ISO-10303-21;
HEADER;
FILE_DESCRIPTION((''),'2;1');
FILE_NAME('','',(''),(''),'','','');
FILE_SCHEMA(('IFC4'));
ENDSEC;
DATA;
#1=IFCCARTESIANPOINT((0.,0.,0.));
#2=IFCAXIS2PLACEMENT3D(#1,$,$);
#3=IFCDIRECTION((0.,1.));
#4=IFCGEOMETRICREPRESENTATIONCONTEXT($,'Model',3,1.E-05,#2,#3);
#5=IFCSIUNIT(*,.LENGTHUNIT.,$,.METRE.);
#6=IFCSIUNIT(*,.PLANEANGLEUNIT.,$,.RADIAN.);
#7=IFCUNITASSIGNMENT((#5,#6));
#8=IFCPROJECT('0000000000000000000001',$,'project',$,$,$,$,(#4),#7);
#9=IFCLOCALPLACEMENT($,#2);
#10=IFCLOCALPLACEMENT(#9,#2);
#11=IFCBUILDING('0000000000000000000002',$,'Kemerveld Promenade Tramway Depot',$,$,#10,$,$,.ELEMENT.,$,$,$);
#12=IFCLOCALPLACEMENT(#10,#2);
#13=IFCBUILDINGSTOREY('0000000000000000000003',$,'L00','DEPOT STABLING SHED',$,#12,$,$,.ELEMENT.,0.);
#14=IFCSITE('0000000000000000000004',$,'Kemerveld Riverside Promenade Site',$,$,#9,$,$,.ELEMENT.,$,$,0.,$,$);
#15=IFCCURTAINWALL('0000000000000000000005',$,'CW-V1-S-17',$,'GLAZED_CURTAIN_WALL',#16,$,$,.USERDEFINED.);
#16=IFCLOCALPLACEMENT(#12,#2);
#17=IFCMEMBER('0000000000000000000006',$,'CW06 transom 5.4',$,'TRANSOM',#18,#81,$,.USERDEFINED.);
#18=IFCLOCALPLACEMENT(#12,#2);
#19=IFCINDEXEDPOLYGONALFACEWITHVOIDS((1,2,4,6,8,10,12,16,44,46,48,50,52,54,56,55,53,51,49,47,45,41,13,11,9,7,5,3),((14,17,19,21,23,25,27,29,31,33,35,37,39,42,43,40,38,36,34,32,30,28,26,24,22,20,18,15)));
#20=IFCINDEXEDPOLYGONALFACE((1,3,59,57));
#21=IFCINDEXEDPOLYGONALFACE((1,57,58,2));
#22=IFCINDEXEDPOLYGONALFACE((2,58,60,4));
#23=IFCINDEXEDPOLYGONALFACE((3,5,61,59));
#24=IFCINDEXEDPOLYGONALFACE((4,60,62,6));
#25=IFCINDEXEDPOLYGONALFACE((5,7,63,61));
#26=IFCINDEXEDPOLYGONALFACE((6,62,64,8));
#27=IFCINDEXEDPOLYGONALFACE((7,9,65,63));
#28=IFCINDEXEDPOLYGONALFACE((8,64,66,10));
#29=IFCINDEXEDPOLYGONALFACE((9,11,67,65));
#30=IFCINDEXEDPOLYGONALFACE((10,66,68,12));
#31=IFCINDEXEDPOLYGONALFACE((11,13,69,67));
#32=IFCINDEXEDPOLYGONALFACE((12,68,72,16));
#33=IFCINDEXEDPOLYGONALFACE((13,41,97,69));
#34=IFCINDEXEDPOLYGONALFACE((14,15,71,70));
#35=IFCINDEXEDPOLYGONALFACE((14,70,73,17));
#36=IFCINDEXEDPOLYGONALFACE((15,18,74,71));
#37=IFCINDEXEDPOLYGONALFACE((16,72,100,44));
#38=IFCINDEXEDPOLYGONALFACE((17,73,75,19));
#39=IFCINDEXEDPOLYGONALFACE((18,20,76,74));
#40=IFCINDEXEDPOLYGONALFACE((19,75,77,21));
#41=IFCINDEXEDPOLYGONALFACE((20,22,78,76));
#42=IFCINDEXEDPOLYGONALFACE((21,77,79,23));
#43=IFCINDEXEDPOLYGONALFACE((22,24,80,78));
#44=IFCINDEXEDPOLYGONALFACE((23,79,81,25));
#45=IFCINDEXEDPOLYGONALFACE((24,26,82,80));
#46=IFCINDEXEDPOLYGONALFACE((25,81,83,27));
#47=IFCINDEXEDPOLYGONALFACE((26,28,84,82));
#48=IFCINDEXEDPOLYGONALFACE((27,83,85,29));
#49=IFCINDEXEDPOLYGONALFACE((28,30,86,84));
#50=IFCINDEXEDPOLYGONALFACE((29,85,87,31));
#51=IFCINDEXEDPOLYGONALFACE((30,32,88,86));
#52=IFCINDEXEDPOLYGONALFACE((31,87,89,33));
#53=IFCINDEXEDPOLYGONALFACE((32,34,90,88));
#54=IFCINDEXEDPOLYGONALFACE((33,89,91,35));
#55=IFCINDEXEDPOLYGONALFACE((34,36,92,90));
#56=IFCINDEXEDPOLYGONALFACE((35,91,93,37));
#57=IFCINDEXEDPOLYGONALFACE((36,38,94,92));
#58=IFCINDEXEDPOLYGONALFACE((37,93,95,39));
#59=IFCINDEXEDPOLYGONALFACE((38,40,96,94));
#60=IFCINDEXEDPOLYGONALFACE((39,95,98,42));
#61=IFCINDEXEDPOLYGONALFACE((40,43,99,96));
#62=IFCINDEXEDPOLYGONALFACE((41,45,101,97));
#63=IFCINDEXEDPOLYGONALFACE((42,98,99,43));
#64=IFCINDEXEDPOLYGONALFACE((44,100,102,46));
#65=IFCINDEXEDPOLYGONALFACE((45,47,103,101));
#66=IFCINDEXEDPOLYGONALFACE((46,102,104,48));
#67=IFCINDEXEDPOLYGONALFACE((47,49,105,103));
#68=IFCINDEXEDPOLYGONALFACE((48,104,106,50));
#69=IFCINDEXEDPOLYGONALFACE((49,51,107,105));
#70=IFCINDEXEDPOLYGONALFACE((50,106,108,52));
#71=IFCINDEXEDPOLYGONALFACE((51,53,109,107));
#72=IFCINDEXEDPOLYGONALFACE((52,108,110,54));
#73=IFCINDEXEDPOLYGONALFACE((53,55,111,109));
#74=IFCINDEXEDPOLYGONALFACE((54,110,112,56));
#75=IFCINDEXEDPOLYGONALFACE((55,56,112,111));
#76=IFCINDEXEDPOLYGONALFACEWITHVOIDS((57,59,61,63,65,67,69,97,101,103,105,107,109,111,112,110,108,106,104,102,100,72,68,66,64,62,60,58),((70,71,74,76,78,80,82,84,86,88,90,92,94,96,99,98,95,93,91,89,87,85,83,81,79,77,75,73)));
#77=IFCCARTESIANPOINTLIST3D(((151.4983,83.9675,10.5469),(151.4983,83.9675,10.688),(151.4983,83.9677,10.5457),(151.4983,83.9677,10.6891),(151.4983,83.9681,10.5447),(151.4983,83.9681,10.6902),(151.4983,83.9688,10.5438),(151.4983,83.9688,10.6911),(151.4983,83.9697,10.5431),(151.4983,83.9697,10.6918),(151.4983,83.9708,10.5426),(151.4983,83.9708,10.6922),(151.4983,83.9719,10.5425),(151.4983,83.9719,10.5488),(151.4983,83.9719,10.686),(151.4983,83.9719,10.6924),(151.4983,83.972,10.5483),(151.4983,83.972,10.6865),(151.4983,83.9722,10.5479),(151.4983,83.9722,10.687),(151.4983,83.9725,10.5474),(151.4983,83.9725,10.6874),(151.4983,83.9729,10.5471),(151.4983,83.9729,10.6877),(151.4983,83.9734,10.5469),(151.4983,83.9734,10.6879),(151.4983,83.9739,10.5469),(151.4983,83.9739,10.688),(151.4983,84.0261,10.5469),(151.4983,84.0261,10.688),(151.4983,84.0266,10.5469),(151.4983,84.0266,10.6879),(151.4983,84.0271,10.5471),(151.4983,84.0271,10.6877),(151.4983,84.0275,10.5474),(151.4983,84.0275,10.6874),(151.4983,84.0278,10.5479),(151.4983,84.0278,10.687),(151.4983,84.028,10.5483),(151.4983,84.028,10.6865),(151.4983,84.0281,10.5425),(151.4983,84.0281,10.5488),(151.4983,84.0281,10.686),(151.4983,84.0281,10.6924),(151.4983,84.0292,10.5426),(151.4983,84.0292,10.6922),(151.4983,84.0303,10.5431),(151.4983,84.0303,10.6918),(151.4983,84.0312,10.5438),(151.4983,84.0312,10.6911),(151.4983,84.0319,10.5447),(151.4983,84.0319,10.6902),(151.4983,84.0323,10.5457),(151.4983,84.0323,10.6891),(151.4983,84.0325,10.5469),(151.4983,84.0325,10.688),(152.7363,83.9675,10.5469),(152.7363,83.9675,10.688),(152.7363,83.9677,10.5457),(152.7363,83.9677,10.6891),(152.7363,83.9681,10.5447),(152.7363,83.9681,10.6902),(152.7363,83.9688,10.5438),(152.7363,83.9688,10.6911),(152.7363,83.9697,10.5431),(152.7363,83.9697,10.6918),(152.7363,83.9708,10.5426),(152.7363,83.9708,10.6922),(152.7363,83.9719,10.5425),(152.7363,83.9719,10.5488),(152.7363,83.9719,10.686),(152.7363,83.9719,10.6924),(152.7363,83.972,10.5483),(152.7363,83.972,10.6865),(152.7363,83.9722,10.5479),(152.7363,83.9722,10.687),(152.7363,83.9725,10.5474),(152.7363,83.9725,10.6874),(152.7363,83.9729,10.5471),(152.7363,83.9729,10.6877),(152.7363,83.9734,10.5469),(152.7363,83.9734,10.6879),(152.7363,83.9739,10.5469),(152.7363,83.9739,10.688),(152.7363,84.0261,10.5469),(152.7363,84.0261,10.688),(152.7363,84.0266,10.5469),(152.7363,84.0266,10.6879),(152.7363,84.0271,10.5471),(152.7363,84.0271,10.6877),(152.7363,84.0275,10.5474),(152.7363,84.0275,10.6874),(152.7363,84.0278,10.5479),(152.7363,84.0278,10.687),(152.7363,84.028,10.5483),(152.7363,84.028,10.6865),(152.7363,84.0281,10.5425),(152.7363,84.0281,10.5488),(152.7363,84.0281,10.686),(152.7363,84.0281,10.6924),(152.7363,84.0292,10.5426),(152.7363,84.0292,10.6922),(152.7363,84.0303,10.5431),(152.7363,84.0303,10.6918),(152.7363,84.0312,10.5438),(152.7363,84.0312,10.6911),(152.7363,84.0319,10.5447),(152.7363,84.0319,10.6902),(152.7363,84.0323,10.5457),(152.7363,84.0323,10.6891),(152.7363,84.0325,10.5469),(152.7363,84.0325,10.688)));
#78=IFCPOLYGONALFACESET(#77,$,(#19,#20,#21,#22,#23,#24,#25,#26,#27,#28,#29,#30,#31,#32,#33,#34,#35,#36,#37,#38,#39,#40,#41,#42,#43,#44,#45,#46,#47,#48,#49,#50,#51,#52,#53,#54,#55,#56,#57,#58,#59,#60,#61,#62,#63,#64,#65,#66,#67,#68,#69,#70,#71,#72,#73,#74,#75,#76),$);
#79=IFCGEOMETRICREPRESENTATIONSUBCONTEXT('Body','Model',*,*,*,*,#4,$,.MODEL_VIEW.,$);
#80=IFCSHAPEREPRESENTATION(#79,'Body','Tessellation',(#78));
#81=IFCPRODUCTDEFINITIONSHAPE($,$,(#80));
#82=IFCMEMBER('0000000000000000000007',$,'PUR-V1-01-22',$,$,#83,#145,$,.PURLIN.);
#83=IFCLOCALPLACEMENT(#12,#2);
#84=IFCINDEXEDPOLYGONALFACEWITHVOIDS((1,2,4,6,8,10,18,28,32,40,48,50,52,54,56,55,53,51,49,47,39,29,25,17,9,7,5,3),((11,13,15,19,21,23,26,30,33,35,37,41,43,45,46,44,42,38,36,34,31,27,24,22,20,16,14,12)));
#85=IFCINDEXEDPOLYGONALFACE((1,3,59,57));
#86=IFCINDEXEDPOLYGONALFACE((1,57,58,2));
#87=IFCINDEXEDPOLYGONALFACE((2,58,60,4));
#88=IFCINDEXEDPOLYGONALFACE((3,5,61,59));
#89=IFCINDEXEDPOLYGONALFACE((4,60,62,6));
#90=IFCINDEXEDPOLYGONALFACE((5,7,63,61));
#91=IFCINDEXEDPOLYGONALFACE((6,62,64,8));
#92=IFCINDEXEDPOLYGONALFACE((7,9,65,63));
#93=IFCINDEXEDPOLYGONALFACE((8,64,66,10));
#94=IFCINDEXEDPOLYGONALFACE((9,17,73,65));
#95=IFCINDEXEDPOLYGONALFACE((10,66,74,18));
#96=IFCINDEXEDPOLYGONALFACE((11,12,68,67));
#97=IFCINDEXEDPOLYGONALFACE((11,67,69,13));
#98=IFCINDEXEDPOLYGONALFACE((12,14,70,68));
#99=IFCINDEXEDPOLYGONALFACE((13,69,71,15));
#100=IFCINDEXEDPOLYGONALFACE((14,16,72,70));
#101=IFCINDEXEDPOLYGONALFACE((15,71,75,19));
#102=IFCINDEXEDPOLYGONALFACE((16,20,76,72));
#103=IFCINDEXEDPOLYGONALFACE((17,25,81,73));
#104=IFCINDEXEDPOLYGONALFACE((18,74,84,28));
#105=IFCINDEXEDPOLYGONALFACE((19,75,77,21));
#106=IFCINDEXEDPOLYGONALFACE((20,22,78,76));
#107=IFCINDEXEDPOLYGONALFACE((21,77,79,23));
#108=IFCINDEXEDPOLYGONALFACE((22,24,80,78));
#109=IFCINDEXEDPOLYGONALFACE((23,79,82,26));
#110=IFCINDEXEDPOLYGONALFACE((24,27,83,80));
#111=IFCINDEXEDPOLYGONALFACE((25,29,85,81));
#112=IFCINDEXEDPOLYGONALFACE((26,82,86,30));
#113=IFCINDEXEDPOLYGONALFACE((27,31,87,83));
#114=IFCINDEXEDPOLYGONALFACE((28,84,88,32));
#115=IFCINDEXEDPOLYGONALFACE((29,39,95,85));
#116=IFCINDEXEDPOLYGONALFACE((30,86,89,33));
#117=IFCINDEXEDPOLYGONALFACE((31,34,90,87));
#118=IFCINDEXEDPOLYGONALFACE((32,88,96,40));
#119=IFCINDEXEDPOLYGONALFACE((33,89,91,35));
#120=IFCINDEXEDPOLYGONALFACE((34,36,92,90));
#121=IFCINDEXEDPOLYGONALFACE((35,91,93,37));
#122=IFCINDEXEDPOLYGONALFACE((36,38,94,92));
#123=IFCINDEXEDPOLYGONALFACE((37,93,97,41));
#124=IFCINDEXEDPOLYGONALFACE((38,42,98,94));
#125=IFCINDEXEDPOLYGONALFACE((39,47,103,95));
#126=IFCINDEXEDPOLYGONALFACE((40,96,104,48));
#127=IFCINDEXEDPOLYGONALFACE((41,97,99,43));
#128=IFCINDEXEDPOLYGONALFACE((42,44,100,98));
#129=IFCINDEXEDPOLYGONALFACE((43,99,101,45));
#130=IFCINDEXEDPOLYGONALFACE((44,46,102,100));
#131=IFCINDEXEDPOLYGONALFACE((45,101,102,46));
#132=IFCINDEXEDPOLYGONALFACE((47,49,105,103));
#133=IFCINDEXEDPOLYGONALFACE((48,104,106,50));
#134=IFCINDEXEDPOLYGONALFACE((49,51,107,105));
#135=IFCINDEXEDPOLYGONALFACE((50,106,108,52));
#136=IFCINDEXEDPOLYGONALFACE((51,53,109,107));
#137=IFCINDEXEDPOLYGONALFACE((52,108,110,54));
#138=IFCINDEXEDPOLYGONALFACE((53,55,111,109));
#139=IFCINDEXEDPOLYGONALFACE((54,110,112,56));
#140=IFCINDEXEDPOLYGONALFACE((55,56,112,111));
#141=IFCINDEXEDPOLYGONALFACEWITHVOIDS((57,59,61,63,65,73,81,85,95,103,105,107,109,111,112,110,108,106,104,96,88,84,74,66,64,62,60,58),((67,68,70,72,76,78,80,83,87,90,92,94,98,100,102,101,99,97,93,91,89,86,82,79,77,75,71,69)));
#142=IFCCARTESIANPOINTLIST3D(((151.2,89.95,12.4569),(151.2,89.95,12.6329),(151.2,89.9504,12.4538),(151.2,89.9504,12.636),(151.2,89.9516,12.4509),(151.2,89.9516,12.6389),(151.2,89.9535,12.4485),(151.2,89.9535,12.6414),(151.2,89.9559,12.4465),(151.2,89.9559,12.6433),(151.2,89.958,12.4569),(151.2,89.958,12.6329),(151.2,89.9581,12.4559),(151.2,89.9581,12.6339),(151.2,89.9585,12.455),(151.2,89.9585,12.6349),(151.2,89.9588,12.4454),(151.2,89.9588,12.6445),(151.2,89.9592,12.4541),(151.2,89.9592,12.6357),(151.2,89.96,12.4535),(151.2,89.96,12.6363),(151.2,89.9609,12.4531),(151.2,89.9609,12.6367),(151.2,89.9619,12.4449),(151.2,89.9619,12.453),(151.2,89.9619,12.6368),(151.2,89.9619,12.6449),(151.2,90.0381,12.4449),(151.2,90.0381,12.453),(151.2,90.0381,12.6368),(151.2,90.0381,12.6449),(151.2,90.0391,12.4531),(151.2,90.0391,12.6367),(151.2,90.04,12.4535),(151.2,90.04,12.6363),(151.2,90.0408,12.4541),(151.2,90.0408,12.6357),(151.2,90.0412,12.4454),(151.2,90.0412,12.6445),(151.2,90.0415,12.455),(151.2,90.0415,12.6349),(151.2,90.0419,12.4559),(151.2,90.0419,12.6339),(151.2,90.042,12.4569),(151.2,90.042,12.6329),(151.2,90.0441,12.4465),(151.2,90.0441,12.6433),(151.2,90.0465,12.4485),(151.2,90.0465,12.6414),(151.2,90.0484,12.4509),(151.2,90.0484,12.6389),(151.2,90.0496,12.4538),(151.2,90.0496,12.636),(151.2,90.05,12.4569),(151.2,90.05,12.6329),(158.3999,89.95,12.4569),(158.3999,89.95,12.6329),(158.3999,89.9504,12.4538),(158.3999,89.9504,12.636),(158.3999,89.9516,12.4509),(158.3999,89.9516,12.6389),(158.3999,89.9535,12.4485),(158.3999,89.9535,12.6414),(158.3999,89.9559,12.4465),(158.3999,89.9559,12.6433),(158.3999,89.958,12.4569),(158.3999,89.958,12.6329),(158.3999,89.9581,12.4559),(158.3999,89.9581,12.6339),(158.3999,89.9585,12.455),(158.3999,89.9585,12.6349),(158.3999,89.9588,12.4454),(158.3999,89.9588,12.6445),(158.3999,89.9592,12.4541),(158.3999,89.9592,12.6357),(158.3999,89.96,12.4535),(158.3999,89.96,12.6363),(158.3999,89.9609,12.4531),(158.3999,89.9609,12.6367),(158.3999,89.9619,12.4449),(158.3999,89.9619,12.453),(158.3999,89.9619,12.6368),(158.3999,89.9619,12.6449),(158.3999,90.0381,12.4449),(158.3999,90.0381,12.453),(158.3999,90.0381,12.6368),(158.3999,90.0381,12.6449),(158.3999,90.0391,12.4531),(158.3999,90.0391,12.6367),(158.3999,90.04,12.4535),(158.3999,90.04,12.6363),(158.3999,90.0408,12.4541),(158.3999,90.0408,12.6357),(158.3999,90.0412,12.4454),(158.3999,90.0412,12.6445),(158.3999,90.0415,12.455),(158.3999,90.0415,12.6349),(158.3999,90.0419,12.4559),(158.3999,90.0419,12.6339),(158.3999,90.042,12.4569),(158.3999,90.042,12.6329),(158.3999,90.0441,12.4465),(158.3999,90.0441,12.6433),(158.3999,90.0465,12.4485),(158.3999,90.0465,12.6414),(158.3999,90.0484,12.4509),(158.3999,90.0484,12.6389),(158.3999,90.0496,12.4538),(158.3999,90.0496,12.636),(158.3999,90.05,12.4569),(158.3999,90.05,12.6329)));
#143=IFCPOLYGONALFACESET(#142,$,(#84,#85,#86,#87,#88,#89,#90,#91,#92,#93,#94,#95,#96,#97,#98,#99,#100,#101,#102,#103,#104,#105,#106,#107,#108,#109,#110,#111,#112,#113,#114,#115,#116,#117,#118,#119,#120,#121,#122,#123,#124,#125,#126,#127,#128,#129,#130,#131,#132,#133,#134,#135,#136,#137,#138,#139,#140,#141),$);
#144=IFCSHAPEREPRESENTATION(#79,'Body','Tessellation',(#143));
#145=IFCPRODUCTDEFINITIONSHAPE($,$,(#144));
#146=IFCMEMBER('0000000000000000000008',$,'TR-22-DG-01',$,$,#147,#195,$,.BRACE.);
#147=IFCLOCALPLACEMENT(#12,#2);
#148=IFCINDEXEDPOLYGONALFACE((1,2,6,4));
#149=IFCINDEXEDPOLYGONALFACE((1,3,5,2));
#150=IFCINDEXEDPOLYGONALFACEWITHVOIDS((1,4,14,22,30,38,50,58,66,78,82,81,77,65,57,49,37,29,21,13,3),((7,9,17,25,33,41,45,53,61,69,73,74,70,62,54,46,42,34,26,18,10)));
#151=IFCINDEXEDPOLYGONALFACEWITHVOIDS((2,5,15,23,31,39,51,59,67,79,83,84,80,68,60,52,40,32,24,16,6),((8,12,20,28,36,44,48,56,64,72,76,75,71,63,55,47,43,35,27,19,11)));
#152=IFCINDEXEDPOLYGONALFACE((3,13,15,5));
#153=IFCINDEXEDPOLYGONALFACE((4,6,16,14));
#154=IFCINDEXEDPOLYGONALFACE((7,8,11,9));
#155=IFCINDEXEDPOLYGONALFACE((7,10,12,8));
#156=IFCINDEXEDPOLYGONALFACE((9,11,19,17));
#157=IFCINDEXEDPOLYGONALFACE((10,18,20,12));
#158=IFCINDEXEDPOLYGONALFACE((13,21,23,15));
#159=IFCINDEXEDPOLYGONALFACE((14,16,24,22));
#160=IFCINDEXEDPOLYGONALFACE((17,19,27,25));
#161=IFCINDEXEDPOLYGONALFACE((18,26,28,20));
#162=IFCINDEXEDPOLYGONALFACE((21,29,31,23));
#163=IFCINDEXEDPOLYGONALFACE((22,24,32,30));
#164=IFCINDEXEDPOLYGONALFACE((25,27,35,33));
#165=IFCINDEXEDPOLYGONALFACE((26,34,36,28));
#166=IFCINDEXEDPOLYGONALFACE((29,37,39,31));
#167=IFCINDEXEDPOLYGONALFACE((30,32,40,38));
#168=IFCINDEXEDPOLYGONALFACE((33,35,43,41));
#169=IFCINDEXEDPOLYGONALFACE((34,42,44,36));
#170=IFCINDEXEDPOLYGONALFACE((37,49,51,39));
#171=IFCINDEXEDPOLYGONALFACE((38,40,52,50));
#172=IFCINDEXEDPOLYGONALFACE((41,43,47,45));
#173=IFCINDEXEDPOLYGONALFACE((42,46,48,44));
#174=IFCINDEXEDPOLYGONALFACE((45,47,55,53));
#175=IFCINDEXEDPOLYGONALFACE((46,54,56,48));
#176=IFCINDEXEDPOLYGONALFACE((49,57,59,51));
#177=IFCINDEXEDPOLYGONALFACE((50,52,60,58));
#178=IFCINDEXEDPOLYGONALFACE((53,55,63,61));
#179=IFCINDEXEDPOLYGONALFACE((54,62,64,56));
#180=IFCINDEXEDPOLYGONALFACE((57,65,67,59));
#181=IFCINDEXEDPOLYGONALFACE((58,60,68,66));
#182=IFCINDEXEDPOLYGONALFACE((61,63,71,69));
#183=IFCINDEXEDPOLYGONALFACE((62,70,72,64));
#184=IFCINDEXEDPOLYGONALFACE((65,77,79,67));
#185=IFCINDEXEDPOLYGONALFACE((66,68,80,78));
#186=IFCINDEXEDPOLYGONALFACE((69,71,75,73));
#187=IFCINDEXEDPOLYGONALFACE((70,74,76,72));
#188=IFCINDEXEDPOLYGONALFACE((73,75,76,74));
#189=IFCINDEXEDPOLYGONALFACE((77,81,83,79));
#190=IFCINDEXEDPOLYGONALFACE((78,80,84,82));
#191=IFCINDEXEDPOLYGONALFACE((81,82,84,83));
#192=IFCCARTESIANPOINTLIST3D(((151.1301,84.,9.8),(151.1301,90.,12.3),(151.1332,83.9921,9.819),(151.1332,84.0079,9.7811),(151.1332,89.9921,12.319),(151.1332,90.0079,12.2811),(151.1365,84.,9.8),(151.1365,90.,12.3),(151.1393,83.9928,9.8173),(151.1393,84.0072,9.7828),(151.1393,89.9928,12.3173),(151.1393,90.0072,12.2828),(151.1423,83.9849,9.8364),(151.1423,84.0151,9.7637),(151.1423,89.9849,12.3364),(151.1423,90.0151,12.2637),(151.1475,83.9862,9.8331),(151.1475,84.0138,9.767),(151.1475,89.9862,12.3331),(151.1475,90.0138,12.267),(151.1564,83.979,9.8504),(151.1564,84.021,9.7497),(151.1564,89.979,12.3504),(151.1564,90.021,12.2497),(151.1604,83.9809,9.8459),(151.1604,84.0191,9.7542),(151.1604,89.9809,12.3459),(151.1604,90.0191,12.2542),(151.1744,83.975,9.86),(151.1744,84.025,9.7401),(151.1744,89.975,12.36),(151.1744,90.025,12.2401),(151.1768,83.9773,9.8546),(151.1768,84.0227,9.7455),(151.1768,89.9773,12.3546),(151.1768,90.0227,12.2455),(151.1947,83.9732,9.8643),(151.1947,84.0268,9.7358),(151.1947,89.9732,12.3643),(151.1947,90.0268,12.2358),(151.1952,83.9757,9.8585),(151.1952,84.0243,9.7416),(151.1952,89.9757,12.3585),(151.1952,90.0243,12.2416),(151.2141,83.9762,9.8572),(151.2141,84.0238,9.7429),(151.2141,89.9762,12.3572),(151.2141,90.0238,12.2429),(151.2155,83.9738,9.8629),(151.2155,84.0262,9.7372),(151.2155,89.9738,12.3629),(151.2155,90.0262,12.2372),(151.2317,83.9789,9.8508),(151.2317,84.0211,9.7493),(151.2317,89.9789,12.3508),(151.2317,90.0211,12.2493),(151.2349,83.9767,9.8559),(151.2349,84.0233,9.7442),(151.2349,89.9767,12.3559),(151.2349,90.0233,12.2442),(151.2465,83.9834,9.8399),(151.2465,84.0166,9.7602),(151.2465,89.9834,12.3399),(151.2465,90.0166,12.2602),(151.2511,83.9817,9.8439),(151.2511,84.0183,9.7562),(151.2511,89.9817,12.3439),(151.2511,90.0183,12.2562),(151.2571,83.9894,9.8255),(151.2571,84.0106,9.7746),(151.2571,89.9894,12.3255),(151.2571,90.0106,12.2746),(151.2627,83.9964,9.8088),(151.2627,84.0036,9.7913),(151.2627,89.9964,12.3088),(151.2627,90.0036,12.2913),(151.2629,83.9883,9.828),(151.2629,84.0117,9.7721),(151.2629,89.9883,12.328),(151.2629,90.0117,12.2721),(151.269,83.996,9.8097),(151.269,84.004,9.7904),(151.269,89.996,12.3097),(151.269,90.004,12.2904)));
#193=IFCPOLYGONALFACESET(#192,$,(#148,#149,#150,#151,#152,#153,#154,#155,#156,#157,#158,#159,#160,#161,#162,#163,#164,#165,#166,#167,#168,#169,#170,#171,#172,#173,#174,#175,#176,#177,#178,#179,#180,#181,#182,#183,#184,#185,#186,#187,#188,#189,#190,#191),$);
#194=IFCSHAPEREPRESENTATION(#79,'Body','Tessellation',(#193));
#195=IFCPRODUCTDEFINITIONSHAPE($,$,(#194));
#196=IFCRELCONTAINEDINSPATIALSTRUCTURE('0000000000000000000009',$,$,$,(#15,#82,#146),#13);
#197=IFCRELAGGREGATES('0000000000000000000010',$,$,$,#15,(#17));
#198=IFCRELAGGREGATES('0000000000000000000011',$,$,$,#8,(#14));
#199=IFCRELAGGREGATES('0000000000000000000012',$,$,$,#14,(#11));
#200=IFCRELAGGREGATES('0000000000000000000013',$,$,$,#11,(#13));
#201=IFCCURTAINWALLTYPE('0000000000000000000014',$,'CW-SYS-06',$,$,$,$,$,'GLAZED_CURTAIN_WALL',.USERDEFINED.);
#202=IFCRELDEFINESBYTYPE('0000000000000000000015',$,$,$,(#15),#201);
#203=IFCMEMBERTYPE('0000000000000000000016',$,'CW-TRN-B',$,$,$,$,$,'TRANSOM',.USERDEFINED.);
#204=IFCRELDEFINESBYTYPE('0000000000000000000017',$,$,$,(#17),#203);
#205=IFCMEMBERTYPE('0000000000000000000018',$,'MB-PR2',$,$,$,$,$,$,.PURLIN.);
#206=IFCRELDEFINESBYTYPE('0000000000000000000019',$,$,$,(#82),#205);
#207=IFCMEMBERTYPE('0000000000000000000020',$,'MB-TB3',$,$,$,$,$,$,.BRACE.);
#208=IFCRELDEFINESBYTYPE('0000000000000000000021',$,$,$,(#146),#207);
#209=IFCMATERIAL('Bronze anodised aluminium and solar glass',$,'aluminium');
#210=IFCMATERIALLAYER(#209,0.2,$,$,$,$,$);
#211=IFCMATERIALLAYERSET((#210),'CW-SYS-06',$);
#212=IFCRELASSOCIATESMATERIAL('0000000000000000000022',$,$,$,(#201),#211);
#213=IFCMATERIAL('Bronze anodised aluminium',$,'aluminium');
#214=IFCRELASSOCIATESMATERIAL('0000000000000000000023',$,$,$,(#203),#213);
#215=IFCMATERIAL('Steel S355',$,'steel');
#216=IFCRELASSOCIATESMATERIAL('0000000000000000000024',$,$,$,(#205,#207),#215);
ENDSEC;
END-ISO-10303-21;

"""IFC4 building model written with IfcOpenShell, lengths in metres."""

from ifc_helpers import new_model, si_unit, direction, frame, origin, origin_2d, place, context, subcontext, project, spatial, hollow_rectangle, hollow_circle, extrude, material, layer, layer_set, material_profile, profile_set, type_object, element, aggregate, save


model = new_model("IFC4")

# Units and contexts
model_context = context("Model", 3, precision=1e-05, world=origin(), true_north=direction((0.0, 1.0)))
body_context = subcontext(model_context, "Body", "Model", "MODEL_VIEW")
ifc_project = project(units=[si_unit("LENGTHUNIT", "METRE"), si_unit("PLANEANGLEUNIT", "RADIAN")], contexts=[model_context])

# Site, building, storey
site_placement = place(None, origin())
site = spatial("IfcSite", under=ifc_project, at=site_placement, Name="Kemerveld Riverside Promenade Site", CompositionType="ELEMENT", RefElevation=0.0)
building_placement = place(site_placement, origin())
building = spatial("IfcBuilding", under=site, at=building_placement, Name="Kemerveld Promenade Tramway Depot", CompositionType="ELEMENT")
storey_placement = place(building_placement, origin())
storey = spatial("IfcBuildingStorey", under=building, at=storey_placement, Name="L00", Description="DEPOT STABLING SHED", CompositionType="ELEMENT", Elevation=0.0)

# Shared definitions
ifc_material_1 = material(Name="Steel S355", Category="steel")

# Curtain wall, member
ifc_material_2 = material(Name="Bronze anodised aluminium and solar glass", Category="aluminium")
ifc_material_3 = material(Name="Bronze anodised aluminium", Category="aluminium")
ifc_layer_1 = layer(ifc_material_2, 0.2)
ifc_layer_set_1 = layer_set([ifc_layer_1], Name="CW-SYS-06")
curtain_wall_type_1 = type_object("IfcCurtainWallType", Name="CW-SYS-06", ElementType="GLAZED_CURTAIN_WALL", PredefinedType="USERDEFINED", material=ifc_layer_set_1)
curtain_wall_1_placement = place(storey_placement, origin())
curtain_wall_1 = element("IfcCurtainWall", 1, at=curtain_wall_1_placement, inside=storey, type_object=curtain_wall_type_1, Name="CW-V1-S-17", ObjectType="GLAZED_CURTAIN_WALL", PredefinedType="USERDEFINED")
ifc_material_profile_1 = material_profile(ifc_material_3, hollow_rectangle(XDim=0.0649, YDim=0.1499, WallThickness=0.0044, InnerFilletRadius=0.002, OuterFilletRadius=0.0044, at=origin_2d()), Name="CW-TRN-150x65")
ifc_profile_set_1 = profile_set([ifc_material_profile_1], Name="Bronze anodised aluminium")
member_type_1 = type_object("IfcMemberType", Name="CW-TRN-B", ElementType="TRANSOM", PredefinedType="USERDEFINED", material=ifc_profile_set_1)
member_1_placement = place(storey_placement, frame((152.7363, 84.0, 10.6174), z_axis=(-1.0, 0.0, 0.0), x_axis=(0.0, -1.0, 0.0)))
member_1 = element("IfcMember", 2, at=member_1_placement, type_object=member_type_1, Name="CW06 transom 5.4", ObjectType="TRANSOM", PredefinedType="USERDEFINED", context=body_context, shape_type="SweptSolid", body=[
    extrude(hollow_rectangle(XDim=0.0649, YDim=0.1499, WallThickness=0.0044, InnerFilletRadius=0.002, OuterFilletRadius=0.0044, at=origin_2d()), origin(), (0.0, 0.0, 1.0), 1.238),
])

# Members
ifc_material_profile_2 = material_profile(ifc_material_1, hollow_rectangle(XDim=0.1001, YDim=0.2, WallThickness=0.0081, InnerFilletRadius=0.0039, OuterFilletRadius=0.012, at=origin_2d()), Name="200x100x8.0 RHS")
ifc_profile_set_2 = profile_set([ifc_material_profile_2], Name="Steel S355")
member_type_2 = type_object("IfcMemberType", Name="MB-PR2", PredefinedType="PURLIN", material=ifc_profile_set_2)
member_2_placement = place(storey_placement, frame((151.2, 90.0, 12.5449), z_axis=(1.0, 0.0, 0.0), x_axis=(0.0, 1.0, 0.0)))
element("IfcMember", 3, at=member_2_placement, inside=storey, type_object=member_type_2, Name="PUR-V1-01-22", PredefinedType="PURLIN", context=body_context, shape_type="SweptSolid", body=[
    extrude(hollow_rectangle(XDim=0.1001, YDim=0.2, WallThickness=0.0081, InnerFilletRadius=0.0039, OuterFilletRadius=0.012, at=origin_2d()), origin(), (0.0, 0.0, 1.0), 7.2),
])
ifc_material_profile_3 = material_profile(ifc_material_1, hollow_circle(Radius=0.0698, WallThickness=0.0063, at=origin_2d()), Name="139.7x6.3 CHS")
ifc_profile_set_3 = profile_set([ifc_material_profile_3], Name="Steel S355")
member_type_3 = type_object("IfcMemberType", Name="MB-TB3", PredefinedType="BRACE", material=ifc_profile_set_3)
member_3_placement = place(storey_placement, frame((151.2, 84.0, 9.8), z_axis=(0.0, 0.923077, 0.384615), x_axis=(-1.0, 0.0, 0.0)))
element("IfcMember", 4, at=member_3_placement, inside=storey, type_object=member_type_3, Name="TR-22-DG-01", PredefinedType="BRACE", context=body_context, shape_type="SweptSolid", body=[
    extrude(hollow_circle(Radius=0.0698, WallThickness=0.0063, at=origin_2d()), origin(), (0.0, 0.0, 1.0), 6.5),
])

aggregate(curtain_wall_1, [member_1])

save(model, "model.ifc")
